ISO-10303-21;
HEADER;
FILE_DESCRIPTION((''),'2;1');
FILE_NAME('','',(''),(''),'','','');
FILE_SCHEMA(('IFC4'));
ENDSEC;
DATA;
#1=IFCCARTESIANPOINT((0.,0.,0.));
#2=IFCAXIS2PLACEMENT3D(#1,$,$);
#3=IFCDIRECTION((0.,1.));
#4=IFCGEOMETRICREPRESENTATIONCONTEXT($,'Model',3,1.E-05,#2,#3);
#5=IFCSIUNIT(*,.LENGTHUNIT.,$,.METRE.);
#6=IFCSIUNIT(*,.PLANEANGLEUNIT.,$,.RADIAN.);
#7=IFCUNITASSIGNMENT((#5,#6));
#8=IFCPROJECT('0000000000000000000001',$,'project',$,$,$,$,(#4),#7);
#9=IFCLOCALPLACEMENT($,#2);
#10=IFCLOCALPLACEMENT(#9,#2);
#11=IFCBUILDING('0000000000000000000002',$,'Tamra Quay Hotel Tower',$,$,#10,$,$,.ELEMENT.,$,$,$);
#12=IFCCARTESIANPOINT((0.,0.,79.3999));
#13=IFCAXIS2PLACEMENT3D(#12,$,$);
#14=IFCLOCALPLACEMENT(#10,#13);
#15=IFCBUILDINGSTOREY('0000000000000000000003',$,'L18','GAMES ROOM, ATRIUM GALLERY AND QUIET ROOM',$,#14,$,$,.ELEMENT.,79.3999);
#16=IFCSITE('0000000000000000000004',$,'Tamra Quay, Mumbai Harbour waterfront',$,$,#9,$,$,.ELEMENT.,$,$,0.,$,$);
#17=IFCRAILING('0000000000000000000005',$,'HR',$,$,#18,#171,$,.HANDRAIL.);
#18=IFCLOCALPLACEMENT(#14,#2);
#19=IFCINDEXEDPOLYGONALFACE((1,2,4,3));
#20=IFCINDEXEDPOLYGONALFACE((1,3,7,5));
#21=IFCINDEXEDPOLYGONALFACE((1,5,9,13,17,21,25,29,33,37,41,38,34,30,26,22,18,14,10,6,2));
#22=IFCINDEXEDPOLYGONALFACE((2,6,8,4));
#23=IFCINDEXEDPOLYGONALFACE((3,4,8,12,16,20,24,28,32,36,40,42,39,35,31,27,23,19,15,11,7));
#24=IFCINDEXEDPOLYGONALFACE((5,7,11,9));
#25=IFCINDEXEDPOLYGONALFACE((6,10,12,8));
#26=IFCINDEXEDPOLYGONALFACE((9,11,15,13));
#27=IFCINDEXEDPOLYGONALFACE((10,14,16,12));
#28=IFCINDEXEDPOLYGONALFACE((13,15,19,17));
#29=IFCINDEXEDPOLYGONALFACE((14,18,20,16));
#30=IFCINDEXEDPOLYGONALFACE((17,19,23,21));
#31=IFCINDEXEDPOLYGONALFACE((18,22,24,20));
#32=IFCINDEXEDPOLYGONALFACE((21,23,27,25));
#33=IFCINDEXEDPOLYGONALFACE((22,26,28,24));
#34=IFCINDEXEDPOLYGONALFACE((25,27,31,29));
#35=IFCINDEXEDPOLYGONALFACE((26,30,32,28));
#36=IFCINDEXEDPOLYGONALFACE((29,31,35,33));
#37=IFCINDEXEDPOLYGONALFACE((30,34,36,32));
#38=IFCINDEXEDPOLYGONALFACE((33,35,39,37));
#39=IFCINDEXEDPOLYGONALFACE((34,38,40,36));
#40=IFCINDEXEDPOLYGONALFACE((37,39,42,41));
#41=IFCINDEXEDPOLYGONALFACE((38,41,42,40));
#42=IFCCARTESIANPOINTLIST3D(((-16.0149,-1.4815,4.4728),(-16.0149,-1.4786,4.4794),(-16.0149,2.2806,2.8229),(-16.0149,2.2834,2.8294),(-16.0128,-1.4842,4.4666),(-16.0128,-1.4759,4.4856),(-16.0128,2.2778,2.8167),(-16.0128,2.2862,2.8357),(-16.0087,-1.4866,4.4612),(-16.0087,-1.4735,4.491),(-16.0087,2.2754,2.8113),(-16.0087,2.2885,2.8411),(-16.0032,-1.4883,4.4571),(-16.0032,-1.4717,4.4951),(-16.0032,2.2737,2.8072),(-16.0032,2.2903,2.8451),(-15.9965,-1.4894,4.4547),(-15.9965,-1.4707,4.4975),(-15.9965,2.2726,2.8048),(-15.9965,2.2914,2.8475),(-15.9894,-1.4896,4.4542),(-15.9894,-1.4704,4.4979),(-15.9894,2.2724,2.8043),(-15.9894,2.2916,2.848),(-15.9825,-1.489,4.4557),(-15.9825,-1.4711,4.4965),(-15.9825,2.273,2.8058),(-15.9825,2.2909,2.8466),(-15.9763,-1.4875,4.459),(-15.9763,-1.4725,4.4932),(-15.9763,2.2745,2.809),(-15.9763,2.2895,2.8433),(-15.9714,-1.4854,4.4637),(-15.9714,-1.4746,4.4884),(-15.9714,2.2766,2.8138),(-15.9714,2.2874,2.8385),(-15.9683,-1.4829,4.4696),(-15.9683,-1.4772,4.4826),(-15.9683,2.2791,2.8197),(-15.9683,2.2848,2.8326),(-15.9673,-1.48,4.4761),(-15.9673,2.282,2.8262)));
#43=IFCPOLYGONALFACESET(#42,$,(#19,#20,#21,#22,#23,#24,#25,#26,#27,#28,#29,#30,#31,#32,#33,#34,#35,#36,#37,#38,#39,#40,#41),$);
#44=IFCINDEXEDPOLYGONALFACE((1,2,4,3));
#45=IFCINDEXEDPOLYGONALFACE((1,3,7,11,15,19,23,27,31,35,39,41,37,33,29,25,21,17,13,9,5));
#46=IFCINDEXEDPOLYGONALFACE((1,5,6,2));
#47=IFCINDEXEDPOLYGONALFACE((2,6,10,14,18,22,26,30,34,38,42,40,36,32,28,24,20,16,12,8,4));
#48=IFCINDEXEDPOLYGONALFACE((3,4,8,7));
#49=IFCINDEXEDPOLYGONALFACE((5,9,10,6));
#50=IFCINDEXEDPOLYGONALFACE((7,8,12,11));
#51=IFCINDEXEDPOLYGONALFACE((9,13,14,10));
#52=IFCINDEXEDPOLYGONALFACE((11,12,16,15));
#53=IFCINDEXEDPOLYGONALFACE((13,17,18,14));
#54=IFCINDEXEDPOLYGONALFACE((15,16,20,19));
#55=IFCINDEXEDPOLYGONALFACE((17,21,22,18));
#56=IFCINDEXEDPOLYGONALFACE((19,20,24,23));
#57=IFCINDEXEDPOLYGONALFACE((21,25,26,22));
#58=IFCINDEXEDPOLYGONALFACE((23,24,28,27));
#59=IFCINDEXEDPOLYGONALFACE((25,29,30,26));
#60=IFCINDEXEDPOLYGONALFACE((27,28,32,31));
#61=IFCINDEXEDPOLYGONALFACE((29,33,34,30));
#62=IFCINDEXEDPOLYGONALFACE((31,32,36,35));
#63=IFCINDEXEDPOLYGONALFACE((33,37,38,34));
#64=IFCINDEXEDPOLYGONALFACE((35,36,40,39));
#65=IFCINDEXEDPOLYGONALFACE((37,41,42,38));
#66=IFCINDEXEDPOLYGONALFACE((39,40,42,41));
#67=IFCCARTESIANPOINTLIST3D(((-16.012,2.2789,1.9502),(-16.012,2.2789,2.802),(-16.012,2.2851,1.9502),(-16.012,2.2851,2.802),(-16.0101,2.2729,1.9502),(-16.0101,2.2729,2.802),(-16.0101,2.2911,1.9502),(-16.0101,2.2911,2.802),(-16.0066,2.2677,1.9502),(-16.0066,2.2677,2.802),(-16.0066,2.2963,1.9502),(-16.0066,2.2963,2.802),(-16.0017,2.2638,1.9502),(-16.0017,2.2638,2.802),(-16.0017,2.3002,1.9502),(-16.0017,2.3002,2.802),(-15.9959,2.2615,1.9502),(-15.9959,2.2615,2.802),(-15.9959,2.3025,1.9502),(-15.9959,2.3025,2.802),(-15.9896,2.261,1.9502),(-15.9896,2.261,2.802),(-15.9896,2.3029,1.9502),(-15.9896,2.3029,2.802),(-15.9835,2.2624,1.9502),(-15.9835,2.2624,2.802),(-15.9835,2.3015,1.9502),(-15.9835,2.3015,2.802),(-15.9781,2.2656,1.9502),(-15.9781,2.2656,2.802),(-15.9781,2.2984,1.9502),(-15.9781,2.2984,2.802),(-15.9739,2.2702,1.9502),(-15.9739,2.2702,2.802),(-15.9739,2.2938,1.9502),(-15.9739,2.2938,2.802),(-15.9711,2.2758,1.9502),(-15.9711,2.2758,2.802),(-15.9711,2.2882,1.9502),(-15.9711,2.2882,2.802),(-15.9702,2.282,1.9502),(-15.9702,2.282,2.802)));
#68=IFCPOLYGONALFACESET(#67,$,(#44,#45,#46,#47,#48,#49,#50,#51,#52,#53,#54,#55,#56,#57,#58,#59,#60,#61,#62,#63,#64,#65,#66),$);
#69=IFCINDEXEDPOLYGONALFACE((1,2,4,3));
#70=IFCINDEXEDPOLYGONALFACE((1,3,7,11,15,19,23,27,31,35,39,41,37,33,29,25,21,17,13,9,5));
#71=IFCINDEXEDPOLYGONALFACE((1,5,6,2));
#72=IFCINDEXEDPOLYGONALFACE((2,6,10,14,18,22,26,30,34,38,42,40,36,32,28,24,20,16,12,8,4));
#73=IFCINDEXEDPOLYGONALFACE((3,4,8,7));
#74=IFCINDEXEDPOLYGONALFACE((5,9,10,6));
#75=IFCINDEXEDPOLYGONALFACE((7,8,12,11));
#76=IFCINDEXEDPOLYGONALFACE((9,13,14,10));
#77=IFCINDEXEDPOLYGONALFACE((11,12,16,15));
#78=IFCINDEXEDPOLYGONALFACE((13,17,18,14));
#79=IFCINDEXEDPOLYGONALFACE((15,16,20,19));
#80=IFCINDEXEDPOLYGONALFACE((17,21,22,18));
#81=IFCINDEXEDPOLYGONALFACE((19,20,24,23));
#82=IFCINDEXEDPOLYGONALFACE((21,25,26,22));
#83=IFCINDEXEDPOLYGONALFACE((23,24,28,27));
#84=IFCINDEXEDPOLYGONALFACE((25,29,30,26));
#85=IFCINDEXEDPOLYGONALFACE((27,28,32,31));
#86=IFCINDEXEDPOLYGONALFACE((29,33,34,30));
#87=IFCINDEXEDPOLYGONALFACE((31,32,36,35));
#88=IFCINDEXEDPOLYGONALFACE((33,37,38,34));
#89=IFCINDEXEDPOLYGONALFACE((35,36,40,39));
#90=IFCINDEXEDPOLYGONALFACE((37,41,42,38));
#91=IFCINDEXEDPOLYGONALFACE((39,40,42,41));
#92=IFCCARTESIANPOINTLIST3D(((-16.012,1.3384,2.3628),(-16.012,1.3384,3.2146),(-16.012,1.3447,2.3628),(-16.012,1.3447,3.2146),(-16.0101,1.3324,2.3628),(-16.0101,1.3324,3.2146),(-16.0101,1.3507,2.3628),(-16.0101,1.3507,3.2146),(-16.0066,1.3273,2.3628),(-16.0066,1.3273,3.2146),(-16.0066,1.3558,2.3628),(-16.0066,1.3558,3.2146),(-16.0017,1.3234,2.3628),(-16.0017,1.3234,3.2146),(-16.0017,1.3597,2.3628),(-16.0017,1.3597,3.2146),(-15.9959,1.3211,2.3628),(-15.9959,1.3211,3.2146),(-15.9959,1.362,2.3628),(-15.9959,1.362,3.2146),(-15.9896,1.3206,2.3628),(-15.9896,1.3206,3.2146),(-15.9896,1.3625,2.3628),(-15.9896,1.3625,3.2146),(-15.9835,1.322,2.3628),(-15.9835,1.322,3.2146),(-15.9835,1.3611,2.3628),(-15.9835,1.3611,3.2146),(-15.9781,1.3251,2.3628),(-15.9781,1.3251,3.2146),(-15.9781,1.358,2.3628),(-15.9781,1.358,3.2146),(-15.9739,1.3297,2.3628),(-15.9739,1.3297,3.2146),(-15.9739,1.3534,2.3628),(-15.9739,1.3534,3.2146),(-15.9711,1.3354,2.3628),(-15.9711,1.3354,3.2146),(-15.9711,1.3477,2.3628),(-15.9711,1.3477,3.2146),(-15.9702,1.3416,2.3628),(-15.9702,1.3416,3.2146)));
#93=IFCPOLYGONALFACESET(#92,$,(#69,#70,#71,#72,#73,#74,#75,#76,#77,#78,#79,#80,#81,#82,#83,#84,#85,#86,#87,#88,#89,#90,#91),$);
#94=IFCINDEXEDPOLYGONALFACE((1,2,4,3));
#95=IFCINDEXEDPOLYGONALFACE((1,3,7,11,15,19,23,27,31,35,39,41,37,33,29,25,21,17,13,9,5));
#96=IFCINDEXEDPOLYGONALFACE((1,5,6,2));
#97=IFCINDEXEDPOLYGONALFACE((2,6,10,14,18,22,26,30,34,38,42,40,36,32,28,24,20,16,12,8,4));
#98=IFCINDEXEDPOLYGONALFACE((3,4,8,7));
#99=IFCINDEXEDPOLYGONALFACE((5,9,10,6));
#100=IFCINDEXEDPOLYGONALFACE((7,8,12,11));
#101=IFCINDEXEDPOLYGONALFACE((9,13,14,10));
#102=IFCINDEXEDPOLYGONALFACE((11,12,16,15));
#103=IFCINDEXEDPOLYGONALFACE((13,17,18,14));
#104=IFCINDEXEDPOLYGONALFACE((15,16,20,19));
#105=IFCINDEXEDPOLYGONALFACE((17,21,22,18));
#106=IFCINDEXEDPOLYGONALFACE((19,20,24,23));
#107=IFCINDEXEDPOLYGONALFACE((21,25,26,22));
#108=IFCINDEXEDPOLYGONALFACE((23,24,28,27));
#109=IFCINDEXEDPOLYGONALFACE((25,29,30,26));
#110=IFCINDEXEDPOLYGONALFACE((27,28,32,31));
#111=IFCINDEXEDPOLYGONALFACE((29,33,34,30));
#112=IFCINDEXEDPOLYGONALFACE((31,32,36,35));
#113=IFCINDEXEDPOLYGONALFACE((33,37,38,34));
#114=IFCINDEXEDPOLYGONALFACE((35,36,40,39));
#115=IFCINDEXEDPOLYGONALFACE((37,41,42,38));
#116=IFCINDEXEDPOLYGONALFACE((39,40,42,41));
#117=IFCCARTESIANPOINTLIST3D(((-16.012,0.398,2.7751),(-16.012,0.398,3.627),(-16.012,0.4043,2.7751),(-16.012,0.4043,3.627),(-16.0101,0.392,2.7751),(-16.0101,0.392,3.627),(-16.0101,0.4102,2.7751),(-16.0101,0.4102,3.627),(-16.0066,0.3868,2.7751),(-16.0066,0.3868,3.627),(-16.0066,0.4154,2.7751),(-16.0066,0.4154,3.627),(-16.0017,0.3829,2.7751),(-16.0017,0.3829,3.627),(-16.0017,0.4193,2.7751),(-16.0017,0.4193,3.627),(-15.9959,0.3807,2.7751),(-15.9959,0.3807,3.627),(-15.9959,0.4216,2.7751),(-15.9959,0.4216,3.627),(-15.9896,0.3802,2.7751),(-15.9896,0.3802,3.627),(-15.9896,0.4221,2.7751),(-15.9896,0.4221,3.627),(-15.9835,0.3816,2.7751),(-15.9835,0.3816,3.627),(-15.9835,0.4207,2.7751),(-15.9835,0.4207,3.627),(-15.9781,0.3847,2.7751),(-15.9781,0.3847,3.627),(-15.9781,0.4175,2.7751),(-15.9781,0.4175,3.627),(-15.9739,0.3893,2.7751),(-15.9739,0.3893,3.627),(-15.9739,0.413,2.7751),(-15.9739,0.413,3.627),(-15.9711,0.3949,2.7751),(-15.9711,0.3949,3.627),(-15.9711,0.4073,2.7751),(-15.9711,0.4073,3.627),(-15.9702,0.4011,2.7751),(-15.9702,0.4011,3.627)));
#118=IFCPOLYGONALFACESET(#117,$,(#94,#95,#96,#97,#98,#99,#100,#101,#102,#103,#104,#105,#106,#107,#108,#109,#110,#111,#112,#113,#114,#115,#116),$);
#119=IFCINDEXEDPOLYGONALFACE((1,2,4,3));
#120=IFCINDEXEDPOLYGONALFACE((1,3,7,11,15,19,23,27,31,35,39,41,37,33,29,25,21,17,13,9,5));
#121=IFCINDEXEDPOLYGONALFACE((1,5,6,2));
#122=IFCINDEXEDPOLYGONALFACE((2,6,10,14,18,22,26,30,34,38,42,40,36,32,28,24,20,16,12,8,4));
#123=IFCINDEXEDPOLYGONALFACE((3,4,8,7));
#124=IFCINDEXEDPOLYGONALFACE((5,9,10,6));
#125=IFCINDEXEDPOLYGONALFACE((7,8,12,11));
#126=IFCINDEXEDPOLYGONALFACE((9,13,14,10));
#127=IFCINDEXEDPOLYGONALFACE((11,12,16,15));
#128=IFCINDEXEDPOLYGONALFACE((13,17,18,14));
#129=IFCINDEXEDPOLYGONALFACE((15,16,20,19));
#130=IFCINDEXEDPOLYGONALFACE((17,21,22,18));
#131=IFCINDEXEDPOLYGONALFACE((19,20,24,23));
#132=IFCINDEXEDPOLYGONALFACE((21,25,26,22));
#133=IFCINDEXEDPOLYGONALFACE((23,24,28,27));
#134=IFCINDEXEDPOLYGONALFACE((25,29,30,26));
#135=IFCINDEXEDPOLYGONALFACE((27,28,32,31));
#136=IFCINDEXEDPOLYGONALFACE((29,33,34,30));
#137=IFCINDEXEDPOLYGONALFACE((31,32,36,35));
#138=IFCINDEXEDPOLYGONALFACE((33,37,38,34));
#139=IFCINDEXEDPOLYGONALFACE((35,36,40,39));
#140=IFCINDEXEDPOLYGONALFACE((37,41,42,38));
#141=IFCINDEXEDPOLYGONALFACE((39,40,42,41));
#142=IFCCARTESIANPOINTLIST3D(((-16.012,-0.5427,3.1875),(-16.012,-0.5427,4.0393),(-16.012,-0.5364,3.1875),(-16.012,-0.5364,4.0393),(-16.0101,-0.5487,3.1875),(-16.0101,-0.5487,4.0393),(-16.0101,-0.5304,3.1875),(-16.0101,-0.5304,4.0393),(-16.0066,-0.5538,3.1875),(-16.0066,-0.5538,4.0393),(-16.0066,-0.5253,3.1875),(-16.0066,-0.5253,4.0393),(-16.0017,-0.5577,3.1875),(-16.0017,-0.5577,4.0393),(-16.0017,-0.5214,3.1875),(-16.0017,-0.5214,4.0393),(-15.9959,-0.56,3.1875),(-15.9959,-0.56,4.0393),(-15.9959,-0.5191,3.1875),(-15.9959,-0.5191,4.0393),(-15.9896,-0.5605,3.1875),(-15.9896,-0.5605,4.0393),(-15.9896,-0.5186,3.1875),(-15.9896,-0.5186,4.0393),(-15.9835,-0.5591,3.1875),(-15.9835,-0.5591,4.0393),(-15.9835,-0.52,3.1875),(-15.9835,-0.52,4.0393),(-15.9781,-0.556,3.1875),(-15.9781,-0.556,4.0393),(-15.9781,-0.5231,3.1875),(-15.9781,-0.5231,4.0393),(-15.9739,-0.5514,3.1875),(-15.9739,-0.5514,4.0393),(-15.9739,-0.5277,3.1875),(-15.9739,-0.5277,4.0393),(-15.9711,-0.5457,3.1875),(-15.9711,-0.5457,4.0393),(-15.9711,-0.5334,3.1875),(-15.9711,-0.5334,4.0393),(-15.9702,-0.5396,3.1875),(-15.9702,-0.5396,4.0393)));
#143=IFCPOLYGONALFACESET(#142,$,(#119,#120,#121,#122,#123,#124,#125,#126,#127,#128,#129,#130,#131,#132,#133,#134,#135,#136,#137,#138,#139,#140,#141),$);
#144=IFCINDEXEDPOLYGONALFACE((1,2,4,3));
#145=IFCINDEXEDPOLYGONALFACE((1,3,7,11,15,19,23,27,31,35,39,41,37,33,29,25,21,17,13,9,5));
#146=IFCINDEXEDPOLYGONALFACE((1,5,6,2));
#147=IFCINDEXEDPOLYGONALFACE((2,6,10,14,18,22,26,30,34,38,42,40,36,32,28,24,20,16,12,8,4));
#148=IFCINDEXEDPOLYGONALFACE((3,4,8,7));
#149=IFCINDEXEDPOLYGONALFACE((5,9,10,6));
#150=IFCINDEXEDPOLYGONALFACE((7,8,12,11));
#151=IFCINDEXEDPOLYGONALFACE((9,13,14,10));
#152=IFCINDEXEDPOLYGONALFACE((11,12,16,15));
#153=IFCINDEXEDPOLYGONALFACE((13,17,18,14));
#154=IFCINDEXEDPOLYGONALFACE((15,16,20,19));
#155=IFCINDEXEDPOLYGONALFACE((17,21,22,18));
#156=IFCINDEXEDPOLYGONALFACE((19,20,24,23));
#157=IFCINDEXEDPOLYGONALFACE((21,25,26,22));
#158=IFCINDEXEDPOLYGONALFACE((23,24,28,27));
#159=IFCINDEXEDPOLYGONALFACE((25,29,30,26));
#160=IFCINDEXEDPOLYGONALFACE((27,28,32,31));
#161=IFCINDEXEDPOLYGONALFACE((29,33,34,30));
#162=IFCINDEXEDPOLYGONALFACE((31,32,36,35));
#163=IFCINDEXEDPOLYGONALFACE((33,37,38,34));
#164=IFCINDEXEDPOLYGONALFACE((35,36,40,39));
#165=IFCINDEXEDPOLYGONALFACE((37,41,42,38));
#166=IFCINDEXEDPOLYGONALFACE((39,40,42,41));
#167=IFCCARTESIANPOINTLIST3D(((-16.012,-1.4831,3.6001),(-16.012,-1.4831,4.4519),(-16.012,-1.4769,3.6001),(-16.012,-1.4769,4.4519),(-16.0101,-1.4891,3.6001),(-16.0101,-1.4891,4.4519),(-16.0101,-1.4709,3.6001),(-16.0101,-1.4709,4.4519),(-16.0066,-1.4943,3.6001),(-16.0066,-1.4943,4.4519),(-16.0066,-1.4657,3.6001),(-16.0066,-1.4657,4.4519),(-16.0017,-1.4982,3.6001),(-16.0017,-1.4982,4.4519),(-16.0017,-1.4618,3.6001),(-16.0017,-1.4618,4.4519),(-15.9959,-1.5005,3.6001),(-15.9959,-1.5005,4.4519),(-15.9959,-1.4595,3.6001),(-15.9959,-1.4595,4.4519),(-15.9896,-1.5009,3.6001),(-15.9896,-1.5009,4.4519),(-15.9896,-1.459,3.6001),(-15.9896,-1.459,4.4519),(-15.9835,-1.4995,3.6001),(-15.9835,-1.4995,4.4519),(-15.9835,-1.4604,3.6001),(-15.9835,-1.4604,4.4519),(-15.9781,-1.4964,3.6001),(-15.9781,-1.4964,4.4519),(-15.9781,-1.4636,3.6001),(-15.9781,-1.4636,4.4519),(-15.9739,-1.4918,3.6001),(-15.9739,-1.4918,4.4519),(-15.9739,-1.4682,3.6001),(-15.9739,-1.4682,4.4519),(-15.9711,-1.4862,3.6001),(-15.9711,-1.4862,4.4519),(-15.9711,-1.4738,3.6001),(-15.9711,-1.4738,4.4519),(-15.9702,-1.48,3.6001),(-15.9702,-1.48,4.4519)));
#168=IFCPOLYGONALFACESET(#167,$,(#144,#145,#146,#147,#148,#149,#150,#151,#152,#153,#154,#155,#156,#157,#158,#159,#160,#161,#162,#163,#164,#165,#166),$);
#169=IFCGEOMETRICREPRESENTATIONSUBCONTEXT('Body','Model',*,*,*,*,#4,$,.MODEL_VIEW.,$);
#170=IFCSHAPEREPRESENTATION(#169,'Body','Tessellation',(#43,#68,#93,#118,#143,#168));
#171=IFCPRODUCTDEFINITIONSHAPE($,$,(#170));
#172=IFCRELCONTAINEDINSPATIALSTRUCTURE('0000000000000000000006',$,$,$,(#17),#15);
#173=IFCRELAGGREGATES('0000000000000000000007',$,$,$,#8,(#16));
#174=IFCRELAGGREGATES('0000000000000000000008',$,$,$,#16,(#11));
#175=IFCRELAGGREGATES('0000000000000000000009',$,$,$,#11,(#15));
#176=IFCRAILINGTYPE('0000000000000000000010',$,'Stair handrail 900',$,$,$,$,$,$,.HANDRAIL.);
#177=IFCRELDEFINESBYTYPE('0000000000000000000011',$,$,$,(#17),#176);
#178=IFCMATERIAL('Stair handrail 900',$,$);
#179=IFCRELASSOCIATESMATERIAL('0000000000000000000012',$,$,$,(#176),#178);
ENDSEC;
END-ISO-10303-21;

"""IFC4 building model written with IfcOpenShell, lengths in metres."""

from ifc_helpers import new_model, si_unit, direction, frame, origin, origin_2d, place, context, subcontext, project, spatial, circle, extrude, material, type_object, element, save


model = new_model("IFC4")

# Units and contexts
model_context = context("Model", 3, precision=1e-05, world=origin(), true_north=direction((0.0, 1.0)))
body_context = subcontext(model_context, "Body", "Model", "MODEL_VIEW")
ifc_project = project(units=[si_unit("LENGTHUNIT", "METRE"), si_unit("PLANEANGLEUNIT", "RADIAN")], contexts=[model_context])

# Site, building, storey
site_placement = place(None, origin())
site = spatial("IfcSite", under=ifc_project, at=site_placement, Name="Tamra Quay, Mumbai Harbour waterfront", CompositionType="ELEMENT", RefElevation=0.0)
building_placement = place(site_placement, origin())
building = spatial("IfcBuilding", under=site, at=building_placement, Name="Tamra Quay Hotel Tower", CompositionType="ELEMENT")
storey_placement = place(building_placement, frame((0.0, 0.0, 79.3999)))
storey = spatial("IfcBuildingStorey", under=building, at=storey_placement, Name="L18", Description="GAMES ROOM, ATRIUM GALLERY AND QUIET ROOM", CompositionType="ELEMENT", Elevation=79.3999)

# Railing
ifc_material_1 = material(Name="Stair handrail 900")
railing_type = type_object("IfcRailingType", Name="Stair handrail 900", PredefinedType="HANDRAIL", material=ifc_material_1)
railing_1_placement = place(storey_placement, frame((-15.9912, 2.282, 1.9502)))
element("IfcRailing", 1, at=railing_1_placement, inside=storey, type_object=railing_type, Name="HR", PredefinedType="HANDRAIL", context=body_context, shape_type="SweptSolid", body=[
    extrude(circle(Radius=0.0239, at=origin_2d()), frame((0.0, 0.0, 0.876), z_axis=(0.0, -0.915795, 0.401645), x_axis=(1.0, 0.0, 0.0)), (0.0, 0.0, 1.0), 4.1079),
    extrude(circle(Radius=0.021, at=origin_2d()), origin(), (0.0, 0.0, 1.0), 0.8518),
    extrude(circle(Radius=0.021, at=origin_2d()), frame((0.0, -0.9404, 0.4126)), (0.0, 0.0, 1.0), 0.8518),
    extrude(circle(Radius=0.021, at=origin_2d()), frame((0.0, -1.8809, 0.825)), (0.0, 0.0, 1.0), 0.8518),
    extrude(circle(Radius=0.021, at=origin_2d()), frame((0.0, -2.8215, 1.2373)), (0.0, 0.0, 1.0), 0.8518),
    extrude(circle(Radius=0.021, at=origin_2d()), frame((0.0, -3.762, 1.6499)), (0.0, 0.0, 1.0), 0.8518),
])

save(model, "model.ifc")
